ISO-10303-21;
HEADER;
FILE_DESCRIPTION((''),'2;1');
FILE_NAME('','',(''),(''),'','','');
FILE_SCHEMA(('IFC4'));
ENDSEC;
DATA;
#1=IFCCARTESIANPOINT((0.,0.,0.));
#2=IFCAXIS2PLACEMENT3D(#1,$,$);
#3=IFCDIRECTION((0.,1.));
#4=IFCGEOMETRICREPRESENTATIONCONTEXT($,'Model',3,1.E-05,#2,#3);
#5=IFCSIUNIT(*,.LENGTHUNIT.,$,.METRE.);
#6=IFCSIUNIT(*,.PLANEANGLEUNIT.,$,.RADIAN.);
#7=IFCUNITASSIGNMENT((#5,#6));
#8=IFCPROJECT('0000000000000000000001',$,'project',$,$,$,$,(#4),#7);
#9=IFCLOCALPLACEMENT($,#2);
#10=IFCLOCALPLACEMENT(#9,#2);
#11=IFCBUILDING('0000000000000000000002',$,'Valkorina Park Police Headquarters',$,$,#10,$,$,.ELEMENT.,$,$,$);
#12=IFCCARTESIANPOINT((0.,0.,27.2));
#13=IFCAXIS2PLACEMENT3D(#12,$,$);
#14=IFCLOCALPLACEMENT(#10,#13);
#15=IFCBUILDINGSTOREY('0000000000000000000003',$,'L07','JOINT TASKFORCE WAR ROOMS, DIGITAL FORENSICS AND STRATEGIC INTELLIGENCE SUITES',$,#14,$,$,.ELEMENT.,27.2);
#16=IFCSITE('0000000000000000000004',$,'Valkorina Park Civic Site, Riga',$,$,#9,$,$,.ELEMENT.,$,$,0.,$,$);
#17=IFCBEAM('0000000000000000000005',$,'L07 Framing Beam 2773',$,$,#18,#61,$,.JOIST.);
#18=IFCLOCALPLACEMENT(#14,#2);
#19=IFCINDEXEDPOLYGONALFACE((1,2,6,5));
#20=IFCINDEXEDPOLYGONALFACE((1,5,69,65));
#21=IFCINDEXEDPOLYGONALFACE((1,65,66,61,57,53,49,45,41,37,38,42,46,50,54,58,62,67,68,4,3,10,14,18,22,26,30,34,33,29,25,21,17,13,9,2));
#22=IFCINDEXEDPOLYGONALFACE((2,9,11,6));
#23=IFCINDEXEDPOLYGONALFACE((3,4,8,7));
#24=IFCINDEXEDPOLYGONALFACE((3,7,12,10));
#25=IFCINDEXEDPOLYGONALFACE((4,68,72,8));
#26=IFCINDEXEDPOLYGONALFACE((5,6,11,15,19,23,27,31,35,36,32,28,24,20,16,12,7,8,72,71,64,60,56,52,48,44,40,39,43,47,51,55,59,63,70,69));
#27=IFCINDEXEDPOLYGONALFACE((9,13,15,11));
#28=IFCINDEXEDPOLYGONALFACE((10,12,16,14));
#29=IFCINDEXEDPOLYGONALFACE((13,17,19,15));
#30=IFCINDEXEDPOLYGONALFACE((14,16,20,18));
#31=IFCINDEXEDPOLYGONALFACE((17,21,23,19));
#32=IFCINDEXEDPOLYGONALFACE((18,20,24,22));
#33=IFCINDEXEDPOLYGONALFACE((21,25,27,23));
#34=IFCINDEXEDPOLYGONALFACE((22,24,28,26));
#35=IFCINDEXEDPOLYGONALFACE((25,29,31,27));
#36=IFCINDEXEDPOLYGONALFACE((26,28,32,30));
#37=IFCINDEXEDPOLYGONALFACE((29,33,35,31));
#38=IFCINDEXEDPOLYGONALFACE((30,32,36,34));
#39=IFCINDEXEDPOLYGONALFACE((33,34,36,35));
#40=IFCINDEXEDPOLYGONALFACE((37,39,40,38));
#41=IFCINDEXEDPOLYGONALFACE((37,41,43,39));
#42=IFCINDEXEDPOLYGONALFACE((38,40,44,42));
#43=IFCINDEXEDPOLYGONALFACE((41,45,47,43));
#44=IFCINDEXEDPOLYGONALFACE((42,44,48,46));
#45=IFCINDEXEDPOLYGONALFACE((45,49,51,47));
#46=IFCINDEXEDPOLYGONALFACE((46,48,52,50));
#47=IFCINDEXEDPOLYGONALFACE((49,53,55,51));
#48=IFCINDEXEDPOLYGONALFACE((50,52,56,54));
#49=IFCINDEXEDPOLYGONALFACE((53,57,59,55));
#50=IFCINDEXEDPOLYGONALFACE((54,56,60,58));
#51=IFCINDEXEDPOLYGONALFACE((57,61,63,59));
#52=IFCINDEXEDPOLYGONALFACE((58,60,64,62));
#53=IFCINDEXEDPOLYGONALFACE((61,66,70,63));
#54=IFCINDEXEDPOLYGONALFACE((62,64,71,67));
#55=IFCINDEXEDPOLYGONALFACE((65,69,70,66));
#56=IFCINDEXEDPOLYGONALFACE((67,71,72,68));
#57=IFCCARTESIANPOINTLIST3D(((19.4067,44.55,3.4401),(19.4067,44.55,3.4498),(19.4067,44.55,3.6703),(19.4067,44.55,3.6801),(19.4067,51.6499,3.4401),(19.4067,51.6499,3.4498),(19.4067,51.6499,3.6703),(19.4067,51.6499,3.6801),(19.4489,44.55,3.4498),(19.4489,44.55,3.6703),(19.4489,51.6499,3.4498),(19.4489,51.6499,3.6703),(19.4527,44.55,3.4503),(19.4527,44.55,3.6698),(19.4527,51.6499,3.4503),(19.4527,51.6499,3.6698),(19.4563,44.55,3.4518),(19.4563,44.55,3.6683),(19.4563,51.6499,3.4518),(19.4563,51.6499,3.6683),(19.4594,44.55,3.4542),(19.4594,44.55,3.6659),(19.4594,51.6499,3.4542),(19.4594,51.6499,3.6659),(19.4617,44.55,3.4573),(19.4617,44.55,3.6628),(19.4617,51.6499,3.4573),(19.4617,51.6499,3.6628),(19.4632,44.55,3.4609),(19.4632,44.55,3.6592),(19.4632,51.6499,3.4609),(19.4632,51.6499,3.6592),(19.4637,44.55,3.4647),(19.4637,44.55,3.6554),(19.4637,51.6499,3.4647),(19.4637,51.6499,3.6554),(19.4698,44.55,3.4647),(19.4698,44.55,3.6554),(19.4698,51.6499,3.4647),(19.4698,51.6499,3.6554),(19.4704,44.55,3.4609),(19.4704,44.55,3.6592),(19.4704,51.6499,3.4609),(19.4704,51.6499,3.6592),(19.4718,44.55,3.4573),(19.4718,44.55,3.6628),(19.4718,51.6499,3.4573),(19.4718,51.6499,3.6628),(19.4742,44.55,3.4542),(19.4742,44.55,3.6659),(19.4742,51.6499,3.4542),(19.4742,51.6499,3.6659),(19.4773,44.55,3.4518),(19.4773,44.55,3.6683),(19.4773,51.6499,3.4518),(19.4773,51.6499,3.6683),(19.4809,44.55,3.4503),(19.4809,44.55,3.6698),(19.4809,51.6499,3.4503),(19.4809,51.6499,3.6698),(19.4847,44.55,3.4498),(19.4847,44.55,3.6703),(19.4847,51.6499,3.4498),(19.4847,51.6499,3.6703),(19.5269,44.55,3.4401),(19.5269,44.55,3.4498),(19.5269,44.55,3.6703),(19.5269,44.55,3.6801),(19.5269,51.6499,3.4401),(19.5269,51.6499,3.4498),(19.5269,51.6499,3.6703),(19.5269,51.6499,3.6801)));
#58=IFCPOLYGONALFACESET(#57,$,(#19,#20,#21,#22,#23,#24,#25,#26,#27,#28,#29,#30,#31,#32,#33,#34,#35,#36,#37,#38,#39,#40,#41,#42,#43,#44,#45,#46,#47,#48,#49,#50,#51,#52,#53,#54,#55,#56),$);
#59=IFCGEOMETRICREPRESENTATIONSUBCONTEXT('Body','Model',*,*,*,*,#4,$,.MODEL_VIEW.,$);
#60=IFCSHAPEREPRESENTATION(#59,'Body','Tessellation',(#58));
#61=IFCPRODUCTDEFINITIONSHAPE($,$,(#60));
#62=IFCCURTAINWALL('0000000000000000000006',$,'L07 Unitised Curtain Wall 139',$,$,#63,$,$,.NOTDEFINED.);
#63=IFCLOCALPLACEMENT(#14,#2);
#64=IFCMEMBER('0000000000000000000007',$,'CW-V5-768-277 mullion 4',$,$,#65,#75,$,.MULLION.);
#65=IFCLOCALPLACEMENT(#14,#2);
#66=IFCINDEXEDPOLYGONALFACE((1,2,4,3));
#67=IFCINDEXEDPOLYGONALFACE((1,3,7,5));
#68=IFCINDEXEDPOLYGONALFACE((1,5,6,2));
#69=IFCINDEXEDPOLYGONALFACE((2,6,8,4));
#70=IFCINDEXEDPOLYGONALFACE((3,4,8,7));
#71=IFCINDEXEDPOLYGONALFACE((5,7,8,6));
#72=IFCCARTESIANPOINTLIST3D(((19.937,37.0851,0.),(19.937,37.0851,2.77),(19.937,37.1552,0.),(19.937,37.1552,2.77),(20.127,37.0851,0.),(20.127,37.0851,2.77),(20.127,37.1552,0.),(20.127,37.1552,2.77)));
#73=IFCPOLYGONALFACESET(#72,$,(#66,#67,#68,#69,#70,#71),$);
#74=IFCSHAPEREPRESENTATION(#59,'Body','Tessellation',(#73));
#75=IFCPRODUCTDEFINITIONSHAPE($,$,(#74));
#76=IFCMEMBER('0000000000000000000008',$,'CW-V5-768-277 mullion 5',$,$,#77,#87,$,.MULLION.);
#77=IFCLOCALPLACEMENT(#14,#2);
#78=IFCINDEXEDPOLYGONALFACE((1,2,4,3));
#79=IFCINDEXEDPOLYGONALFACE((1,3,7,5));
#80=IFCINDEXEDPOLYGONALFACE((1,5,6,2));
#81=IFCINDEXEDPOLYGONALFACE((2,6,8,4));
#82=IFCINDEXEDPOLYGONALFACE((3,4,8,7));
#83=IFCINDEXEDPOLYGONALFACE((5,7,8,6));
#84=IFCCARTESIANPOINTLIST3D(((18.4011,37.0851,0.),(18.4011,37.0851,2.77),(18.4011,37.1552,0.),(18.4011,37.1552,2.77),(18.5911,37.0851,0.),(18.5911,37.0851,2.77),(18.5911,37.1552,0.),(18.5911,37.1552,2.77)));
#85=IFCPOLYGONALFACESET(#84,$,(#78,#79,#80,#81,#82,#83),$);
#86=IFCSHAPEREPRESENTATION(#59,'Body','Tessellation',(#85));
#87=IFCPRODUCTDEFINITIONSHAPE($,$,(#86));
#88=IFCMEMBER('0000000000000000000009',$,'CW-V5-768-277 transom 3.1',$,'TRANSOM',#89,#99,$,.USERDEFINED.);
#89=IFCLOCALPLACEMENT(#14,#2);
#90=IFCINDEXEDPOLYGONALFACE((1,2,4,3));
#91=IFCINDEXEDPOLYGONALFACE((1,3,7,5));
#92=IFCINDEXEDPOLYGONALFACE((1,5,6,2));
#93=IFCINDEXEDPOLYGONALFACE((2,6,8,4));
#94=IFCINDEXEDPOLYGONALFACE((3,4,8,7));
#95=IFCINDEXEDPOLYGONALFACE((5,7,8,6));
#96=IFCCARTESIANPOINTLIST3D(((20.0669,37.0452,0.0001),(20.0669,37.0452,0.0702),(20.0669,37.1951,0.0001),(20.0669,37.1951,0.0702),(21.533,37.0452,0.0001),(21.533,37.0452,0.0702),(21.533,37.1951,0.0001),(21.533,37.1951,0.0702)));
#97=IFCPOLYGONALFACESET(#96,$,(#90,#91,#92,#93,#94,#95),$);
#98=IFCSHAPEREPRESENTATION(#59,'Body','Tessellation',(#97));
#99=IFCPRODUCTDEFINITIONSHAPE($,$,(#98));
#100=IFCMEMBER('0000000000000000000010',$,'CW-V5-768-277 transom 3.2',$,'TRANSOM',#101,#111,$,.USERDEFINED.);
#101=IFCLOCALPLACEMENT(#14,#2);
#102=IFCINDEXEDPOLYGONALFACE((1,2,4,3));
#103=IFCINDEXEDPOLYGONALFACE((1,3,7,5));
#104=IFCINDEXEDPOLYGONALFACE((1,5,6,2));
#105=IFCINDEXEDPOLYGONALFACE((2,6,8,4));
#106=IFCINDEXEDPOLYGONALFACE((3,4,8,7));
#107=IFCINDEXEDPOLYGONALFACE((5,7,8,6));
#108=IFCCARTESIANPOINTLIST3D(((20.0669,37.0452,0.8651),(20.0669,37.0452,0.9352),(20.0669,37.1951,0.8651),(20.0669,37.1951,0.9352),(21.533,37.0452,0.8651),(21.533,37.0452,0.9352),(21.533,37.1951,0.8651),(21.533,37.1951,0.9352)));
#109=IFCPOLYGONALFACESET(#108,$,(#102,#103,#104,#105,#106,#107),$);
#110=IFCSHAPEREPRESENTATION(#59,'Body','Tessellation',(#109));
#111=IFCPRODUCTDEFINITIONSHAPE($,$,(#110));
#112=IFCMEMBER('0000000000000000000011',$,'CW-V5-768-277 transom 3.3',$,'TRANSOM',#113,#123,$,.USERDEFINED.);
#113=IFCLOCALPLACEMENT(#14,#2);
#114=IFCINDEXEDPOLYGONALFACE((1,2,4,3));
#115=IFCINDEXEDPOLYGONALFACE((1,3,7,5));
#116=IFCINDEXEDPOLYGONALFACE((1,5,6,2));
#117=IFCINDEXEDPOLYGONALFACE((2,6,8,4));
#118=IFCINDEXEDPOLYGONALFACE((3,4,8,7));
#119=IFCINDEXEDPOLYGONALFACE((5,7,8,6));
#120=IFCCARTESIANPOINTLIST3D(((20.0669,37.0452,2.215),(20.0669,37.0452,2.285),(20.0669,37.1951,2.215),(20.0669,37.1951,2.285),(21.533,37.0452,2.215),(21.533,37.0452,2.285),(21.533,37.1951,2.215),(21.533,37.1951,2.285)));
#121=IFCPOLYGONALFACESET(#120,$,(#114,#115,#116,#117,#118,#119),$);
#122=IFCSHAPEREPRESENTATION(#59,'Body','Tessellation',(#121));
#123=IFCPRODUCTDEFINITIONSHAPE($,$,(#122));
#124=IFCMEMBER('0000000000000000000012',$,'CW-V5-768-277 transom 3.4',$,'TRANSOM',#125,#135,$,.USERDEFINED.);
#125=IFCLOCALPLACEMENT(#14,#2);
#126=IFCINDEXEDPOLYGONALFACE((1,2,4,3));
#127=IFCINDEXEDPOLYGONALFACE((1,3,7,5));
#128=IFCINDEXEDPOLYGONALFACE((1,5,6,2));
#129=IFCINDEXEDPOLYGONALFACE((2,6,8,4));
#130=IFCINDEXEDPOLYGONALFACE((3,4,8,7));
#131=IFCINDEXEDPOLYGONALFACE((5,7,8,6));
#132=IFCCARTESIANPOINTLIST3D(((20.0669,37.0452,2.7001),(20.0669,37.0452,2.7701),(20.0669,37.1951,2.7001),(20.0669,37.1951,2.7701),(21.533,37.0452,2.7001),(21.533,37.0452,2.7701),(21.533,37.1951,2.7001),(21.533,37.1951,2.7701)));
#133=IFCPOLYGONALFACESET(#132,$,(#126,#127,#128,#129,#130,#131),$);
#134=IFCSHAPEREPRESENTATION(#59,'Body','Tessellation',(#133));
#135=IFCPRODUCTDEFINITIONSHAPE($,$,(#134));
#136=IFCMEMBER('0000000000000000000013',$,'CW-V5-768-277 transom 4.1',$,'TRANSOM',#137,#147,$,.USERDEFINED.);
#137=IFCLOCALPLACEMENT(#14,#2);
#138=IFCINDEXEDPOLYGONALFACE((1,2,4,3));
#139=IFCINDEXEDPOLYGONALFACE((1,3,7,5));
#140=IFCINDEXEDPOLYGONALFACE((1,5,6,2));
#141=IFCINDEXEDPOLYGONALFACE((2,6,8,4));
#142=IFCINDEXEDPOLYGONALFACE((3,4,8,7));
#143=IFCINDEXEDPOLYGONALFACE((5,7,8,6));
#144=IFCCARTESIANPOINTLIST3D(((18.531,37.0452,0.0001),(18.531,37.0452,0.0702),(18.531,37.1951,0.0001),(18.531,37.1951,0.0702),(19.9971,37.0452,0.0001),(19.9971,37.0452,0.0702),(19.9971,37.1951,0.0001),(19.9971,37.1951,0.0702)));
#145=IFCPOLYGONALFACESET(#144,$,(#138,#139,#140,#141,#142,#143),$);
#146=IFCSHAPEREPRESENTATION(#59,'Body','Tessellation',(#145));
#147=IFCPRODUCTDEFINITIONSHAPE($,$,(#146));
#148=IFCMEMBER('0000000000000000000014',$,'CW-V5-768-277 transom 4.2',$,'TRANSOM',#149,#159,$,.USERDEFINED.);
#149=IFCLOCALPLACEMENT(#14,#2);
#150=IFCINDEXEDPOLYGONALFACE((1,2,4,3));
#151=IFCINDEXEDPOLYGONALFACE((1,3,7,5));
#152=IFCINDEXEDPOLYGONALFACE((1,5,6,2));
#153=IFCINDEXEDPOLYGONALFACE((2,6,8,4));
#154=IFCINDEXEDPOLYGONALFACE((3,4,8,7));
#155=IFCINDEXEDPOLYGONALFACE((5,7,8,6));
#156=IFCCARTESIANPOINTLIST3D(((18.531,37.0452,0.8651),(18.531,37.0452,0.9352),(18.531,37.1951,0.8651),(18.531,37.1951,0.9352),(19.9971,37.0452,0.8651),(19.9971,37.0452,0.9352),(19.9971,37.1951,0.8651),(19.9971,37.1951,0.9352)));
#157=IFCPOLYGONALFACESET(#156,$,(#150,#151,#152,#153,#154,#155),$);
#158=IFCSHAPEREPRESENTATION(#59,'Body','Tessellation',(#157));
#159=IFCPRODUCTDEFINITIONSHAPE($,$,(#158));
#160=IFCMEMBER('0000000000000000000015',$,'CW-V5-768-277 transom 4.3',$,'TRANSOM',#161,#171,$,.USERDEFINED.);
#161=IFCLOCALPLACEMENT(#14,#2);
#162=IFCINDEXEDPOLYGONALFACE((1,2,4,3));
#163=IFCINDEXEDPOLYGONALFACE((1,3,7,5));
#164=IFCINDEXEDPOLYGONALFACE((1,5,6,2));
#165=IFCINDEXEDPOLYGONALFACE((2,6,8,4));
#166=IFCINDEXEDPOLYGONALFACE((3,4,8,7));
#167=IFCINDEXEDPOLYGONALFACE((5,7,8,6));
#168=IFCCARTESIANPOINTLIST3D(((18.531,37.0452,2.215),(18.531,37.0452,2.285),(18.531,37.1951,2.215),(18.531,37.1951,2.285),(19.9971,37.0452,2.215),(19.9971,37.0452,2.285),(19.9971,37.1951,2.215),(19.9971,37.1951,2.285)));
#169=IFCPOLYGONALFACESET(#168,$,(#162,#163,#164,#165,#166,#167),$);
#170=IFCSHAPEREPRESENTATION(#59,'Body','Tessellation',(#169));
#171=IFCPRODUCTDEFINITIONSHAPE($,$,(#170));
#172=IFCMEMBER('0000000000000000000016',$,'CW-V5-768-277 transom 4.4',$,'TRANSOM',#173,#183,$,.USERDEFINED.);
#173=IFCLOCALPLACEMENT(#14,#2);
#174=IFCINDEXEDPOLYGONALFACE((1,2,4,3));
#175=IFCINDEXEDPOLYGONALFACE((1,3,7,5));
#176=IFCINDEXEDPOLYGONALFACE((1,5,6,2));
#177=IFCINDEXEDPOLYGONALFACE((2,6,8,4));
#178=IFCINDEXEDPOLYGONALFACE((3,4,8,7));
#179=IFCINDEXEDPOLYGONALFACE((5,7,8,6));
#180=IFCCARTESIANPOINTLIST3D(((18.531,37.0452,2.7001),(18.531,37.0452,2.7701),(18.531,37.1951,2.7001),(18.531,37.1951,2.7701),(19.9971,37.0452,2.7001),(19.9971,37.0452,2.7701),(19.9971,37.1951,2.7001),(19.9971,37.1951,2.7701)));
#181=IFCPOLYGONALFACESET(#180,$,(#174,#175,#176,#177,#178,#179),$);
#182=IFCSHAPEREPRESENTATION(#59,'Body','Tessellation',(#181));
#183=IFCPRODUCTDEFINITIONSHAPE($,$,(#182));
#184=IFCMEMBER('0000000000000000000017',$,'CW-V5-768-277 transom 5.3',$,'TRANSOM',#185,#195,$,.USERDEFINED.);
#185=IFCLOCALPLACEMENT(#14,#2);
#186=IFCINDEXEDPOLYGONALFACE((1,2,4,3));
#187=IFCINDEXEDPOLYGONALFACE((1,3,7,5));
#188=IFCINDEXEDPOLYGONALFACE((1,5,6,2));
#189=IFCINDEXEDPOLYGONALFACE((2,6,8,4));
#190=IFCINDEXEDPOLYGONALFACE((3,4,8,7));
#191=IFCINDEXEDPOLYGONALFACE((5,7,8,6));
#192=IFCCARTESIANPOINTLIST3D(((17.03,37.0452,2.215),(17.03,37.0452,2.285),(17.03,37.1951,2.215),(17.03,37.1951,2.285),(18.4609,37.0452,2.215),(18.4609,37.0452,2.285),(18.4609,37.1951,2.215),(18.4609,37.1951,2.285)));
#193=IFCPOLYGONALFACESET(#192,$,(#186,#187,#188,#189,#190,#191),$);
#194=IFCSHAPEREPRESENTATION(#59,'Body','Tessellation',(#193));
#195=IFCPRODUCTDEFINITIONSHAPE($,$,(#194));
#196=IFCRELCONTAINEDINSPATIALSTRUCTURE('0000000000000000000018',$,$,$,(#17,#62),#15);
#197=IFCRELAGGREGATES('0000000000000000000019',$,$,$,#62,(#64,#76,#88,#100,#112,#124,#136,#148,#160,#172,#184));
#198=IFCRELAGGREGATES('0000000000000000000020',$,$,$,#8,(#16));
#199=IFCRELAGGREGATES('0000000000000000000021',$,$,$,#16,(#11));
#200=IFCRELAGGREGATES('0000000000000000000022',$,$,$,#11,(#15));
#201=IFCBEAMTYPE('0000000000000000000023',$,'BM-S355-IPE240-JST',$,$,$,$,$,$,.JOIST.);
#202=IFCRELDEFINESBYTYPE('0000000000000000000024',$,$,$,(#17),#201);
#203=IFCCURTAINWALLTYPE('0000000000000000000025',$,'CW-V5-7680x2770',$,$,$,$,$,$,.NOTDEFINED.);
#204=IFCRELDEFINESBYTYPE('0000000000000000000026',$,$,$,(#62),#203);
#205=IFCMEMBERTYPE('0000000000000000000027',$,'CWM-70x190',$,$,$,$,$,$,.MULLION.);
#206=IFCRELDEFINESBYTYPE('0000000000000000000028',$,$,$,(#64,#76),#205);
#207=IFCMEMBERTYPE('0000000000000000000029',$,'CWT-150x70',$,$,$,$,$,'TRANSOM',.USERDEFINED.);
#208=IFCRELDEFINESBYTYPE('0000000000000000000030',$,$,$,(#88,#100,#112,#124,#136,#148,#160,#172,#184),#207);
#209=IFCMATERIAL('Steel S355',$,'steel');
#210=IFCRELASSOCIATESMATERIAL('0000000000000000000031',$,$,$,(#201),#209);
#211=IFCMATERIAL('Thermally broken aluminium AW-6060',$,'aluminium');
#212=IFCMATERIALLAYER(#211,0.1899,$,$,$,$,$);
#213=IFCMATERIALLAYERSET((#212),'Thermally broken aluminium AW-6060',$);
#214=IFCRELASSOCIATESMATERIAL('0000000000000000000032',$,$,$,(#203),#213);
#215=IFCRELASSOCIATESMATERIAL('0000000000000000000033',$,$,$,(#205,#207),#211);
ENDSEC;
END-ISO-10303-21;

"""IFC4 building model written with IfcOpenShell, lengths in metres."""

from ifc_helpers import new_model, si_unit, direction, frame, origin, origin_2d, place, context, subcontext, project, spatial, rectangle, i_section, extrude, material, layer, layer_set, material_profile, profile_set, type_object, element, aggregate, save


model = new_model("IFC4")

# Units and contexts
model_context = context("Model", 3, precision=1e-05, world=origin(), true_north=direction((0.0, 1.0)))
body_context = subcontext(model_context, "Body", "Model", "MODEL_VIEW")
ifc_project = project(units=[si_unit("LENGTHUNIT", "METRE"), si_unit("PLANEANGLEUNIT", "RADIAN")], contexts=[model_context])

# Site, building, storey
site_placement = place(None, origin())
site = spatial("IfcSite", under=ifc_project, at=site_placement, Name="Valkorina Park Civic Site, Riga", CompositionType="ELEMENT", RefElevation=0.0)
building_placement = place(site_placement, origin())
building = spatial("IfcBuilding", under=site, at=building_placement, Name="Valkorina Park Police Headquarters", CompositionType="ELEMENT")
storey_placement = place(building_placement, frame((0.0, 0.0, 27.2)))
storey = spatial("IfcBuildingStorey", under=building, at=storey_placement, Name="L07", Description="JOINT TASKFORCE WAR ROOMS, DIGITAL FORENSICS AND STRATEGIC INTELLIGENCE SUITES", CompositionType="ELEMENT", Elevation=27.2)

# Beam
ifc_material_1 = material(Name="Steel S355", Category="steel")
ifc_material_profile_1 = material_profile(ifc_material_1, i_section(OverallWidth=0.1201, OverallDepth=0.24, WebThickness=0.0061, FlangeThickness=0.0098, FilletRadius=0.0149, at=origin_2d()), Name="IPE 240")
ifc_profile_set_1 = profile_set([ifc_material_profile_1], Name="Steel S355")
beam_type = type_object("IfcBeamType", Name="BM-S355-IPE240-JST", PredefinedType="JOIST", material=ifc_profile_set_1)
beam_placement = place(storey_placement, frame((19.4668, 44.55, 3.5601), z_axis=(0.0, 1.0, 0.0), x_axis=(-1.0, 0.0, 0.0)))
element("IfcBeam", 1, at=beam_placement, inside=storey, type_object=beam_type, Name="L07 Framing Beam 2773", PredefinedType="JOIST", context=body_context, shape_type="SweptSolid", body=[
    extrude(i_section(OverallWidth=0.1201, OverallDepth=0.24, WebThickness=0.0061, FlangeThickness=0.0098, FilletRadius=0.0149, at=origin_2d()), origin(), (0.0, 0.0, 1.0), 7.0999),
])

# Curtain wall, members
ifc_material_2 = material(Name="Thermally broken aluminium AW-6060", Category="aluminium")
ifc_layer_1 = layer(ifc_material_2, 0.1899)
ifc_layer_set_1 = layer_set([ifc_layer_1], Name="Thermally broken aluminium AW-6060")
curtain_wall_type = type_object("IfcCurtainWallType", Name="CW-V5-7680x2770", PredefinedType="NOTDEFINED", material=ifc_layer_set_1)
curtain_wall_placement = place(storey_placement, origin())
curtain_wall = element("IfcCurtainWall", 2, at=curtain_wall_placement, inside=storey, type_object=curtain_wall_type, Name="L07 Unitised Curtain Wall 139", PredefinedType="NOTDEFINED")
ifc_material_profile_2 = material_profile(ifc_material_2, rectangle(XDim=0.0701, YDim=0.1899, at=origin_2d()), Name="CWM-02 70x190")
ifc_profile_set_2 = profile_set([ifc_material_profile_2], Name="Thermally broken aluminium AW-6060")
member_type_1 = type_object("IfcMemberType", Name="CWM-70x190", PredefinedType="MULLION", material=ifc_profile_set_2)
member_1_placement = place(storey_placement, frame((20.032, 37.1201, 0.0), z_axis=(0.0, 0.0, 1.0), x_axis=(0.0, -1.0, 0.0)))
member_1 = element("IfcMember", 3, at=member_1_placement, type_object=member_type_1, Name="CW-V5-768-277 mullion 4", PredefinedType="MULLION", context=body_context, shape_type="SweptSolid", body=[
    extrude(rectangle(XDim=0.0701, YDim=0.1899, at=origin_2d()), origin(), (0.0, 0.0, 1.0), 2.77),
])
member_2_placement = place(storey_placement, frame((18.4961, 37.1201, 0.0), z_axis=(0.0, 0.0, 1.0), x_axis=(0.0, -1.0, 0.0)))
member_2 = element("IfcMember", 4, at=member_2_placement, type_object=member_type_1, Name="CW-V5-768-277 mullion 5", PredefinedType="MULLION", context=body_context, shape_type="SweptSolid", body=[
    extrude(rectangle(XDim=0.0701, YDim=0.1899, at=origin_2d()), origin(), (0.0, 0.0, 1.0), 2.77),
])
ifc_material_profile_3 = material_profile(ifc_material_2, rectangle(XDim=0.1499, YDim=0.0701, at=origin_2d()), Name="CWT-02 150x70")
ifc_profile_set_3 = profile_set([ifc_material_profile_3], Name="Thermally broken aluminium AW-6060")
member_type_2 = type_object("IfcMemberType", Name="CWT-150x70", ElementType="TRANSOM", PredefinedType="USERDEFINED", material=ifc_profile_set_3)
member_3_placement = place(storey_placement, frame((21.533, 37.1201, 0.0352), z_axis=(-1.0, 0.0, 0.0), x_axis=(0.0, -1.0, 0.0)))
member_3 = element("IfcMember", 5, at=member_3_placement, type_object=member_type_2, Name="CW-V5-768-277 transom 3.1", ObjectType="TRANSOM", PredefinedType="USERDEFINED", context=body_context, shape_type="SweptSolid", body=[
    extrude(rectangle(XDim=0.1499, YDim=0.0701, at=origin_2d()), origin(), (0.0, 0.0, 1.0), 1.4661),
])
member_4_placement = place(storey_placement, frame((21.533, 37.1201, 0.9001), z_axis=(-1.0, 0.0, 0.0), x_axis=(0.0, -1.0, 0.0)))
member_4 = element("IfcMember", 6, at=member_4_placement, type_object=member_type_2, Name="CW-V5-768-277 transom 3.2", ObjectType="TRANSOM", PredefinedType="USERDEFINED", context=body_context, shape_type="SweptSolid", body=[
    extrude(rectangle(XDim=0.1499, YDim=0.0701, at=origin_2d()), origin(), (0.0, 0.0, 1.0), 1.4661),
])
member_5_placement = place(storey_placement, frame((21.533, 37.1201, 2.25), z_axis=(-1.0, 0.0, 0.0), x_axis=(0.0, -1.0, 0.0)))
member_5 = element("IfcMember", 7, at=member_5_placement, type_object=member_type_2, Name="CW-V5-768-277 transom 3.3", ObjectType="TRANSOM", PredefinedType="USERDEFINED", context=body_context, shape_type="SweptSolid", body=[
    extrude(rectangle(XDim=0.1499, YDim=0.0701, at=origin_2d()), origin(), (0.0, 0.0, 1.0), 1.4661),
])
member_6_placement = place(storey_placement, frame((21.533, 37.1201, 2.7351), z_axis=(-1.0, 0.0, 0.0), x_axis=(0.0, -1.0, 0.0)))
member_6 = element("IfcMember", 8, at=member_6_placement, type_object=member_type_2, Name="CW-V5-768-277 transom 3.4", ObjectType="TRANSOM", PredefinedType="USERDEFINED", context=body_context, shape_type="SweptSolid", body=[
    extrude(rectangle(XDim=0.1499, YDim=0.0701, at=origin_2d()), origin(), (0.0, 0.0, 1.0), 1.4661),
])
member_7_placement = place(storey_placement, frame((19.9971, 37.1201, 0.0352), z_axis=(-1.0, 0.0, 0.0), x_axis=(0.0, -1.0, 0.0)))
member_7 = element("IfcMember", 9, at=member_7_placement, type_object=member_type_2, Name="CW-V5-768-277 transom 4.1", ObjectType="TRANSOM", PredefinedType="USERDEFINED", context=body_context, shape_type="SweptSolid", body=[
    extrude(rectangle(XDim=0.1499, YDim=0.0701, at=origin_2d()), origin(), (0.0, 0.0, 1.0), 1.4661),
])
member_8_placement = place(storey_placement, frame((19.9971, 37.1201, 0.9001), z_axis=(-1.0, 0.0, 0.0), x_axis=(0.0, -1.0, 0.0)))
member_8 = element("IfcMember", 10, at=member_8_placement, type_object=member_type_2, Name="CW-V5-768-277 transom 4.2", ObjectType="TRANSOM", PredefinedType="USERDEFINED", context=body_context, shape_type="SweptSolid", body=[
    extrude(rectangle(XDim=0.1499, YDim=0.0701, at=origin_2d()), origin(), (0.0, 0.0, 1.0), 1.4661),
])
member_9_placement = place(storey_placement, frame((19.9971, 37.1201, 2.25), z_axis=(-1.0, 0.0, 0.0), x_axis=(0.0, -1.0, 0.0)))
member_9 = element("IfcMember", 11, at=member_9_placement, type_object=member_type_2, Name="CW-V5-768-277 transom 4.3", ObjectType="TRANSOM", PredefinedType="USERDEFINED", context=body_context, shape_type="SweptSolid", body=[
    extrude(rectangle(XDim=0.1499, YDim=0.0701, at=origin_2d()), origin(), (0.0, 0.0, 1.0), 1.4661),
])
member_10_placement = place(storey_placement, frame((19.9971, 37.1201, 2.7351), z_axis=(-1.0, 0.0, 0.0), x_axis=(0.0, -1.0, 0.0)))
member_10 = element("IfcMember", 12, at=member_10_placement, type_object=member_type_2, Name="CW-V5-768-277 transom 4.4", ObjectType="TRANSOM", PredefinedType="USERDEFINED", context=body_context, shape_type="SweptSolid", body=[
    extrude(rectangle(XDim=0.1499, YDim=0.0701, at=origin_2d()), origin(), (0.0, 0.0, 1.0), 1.4661),
])
member_11_placement = place(storey_placement, frame((18.4609, 37.1201, 2.25), z_axis=(-1.0, 0.0, 0.0), x_axis=(0.0, -1.0, 0.0)))
member_11 = element("IfcMember", 13, at=member_11_placement, type_object=member_type_2, Name="CW-V5-768-277 transom 5.3", ObjectType="TRANSOM", PredefinedType="USERDEFINED", context=body_context, shape_type="SweptSolid", body=[
    extrude(rectangle(XDim=0.1499, YDim=0.0701, at=origin_2d()), origin(), (0.0, 0.0, 1.0), 1.4309),
])
aggregate(curtain_wall, [member_1, member_2, member_3, member_4, member_5, member_6, member_7, member_8, member_9, member_10, member_11])

save(model, "model.ifc")
